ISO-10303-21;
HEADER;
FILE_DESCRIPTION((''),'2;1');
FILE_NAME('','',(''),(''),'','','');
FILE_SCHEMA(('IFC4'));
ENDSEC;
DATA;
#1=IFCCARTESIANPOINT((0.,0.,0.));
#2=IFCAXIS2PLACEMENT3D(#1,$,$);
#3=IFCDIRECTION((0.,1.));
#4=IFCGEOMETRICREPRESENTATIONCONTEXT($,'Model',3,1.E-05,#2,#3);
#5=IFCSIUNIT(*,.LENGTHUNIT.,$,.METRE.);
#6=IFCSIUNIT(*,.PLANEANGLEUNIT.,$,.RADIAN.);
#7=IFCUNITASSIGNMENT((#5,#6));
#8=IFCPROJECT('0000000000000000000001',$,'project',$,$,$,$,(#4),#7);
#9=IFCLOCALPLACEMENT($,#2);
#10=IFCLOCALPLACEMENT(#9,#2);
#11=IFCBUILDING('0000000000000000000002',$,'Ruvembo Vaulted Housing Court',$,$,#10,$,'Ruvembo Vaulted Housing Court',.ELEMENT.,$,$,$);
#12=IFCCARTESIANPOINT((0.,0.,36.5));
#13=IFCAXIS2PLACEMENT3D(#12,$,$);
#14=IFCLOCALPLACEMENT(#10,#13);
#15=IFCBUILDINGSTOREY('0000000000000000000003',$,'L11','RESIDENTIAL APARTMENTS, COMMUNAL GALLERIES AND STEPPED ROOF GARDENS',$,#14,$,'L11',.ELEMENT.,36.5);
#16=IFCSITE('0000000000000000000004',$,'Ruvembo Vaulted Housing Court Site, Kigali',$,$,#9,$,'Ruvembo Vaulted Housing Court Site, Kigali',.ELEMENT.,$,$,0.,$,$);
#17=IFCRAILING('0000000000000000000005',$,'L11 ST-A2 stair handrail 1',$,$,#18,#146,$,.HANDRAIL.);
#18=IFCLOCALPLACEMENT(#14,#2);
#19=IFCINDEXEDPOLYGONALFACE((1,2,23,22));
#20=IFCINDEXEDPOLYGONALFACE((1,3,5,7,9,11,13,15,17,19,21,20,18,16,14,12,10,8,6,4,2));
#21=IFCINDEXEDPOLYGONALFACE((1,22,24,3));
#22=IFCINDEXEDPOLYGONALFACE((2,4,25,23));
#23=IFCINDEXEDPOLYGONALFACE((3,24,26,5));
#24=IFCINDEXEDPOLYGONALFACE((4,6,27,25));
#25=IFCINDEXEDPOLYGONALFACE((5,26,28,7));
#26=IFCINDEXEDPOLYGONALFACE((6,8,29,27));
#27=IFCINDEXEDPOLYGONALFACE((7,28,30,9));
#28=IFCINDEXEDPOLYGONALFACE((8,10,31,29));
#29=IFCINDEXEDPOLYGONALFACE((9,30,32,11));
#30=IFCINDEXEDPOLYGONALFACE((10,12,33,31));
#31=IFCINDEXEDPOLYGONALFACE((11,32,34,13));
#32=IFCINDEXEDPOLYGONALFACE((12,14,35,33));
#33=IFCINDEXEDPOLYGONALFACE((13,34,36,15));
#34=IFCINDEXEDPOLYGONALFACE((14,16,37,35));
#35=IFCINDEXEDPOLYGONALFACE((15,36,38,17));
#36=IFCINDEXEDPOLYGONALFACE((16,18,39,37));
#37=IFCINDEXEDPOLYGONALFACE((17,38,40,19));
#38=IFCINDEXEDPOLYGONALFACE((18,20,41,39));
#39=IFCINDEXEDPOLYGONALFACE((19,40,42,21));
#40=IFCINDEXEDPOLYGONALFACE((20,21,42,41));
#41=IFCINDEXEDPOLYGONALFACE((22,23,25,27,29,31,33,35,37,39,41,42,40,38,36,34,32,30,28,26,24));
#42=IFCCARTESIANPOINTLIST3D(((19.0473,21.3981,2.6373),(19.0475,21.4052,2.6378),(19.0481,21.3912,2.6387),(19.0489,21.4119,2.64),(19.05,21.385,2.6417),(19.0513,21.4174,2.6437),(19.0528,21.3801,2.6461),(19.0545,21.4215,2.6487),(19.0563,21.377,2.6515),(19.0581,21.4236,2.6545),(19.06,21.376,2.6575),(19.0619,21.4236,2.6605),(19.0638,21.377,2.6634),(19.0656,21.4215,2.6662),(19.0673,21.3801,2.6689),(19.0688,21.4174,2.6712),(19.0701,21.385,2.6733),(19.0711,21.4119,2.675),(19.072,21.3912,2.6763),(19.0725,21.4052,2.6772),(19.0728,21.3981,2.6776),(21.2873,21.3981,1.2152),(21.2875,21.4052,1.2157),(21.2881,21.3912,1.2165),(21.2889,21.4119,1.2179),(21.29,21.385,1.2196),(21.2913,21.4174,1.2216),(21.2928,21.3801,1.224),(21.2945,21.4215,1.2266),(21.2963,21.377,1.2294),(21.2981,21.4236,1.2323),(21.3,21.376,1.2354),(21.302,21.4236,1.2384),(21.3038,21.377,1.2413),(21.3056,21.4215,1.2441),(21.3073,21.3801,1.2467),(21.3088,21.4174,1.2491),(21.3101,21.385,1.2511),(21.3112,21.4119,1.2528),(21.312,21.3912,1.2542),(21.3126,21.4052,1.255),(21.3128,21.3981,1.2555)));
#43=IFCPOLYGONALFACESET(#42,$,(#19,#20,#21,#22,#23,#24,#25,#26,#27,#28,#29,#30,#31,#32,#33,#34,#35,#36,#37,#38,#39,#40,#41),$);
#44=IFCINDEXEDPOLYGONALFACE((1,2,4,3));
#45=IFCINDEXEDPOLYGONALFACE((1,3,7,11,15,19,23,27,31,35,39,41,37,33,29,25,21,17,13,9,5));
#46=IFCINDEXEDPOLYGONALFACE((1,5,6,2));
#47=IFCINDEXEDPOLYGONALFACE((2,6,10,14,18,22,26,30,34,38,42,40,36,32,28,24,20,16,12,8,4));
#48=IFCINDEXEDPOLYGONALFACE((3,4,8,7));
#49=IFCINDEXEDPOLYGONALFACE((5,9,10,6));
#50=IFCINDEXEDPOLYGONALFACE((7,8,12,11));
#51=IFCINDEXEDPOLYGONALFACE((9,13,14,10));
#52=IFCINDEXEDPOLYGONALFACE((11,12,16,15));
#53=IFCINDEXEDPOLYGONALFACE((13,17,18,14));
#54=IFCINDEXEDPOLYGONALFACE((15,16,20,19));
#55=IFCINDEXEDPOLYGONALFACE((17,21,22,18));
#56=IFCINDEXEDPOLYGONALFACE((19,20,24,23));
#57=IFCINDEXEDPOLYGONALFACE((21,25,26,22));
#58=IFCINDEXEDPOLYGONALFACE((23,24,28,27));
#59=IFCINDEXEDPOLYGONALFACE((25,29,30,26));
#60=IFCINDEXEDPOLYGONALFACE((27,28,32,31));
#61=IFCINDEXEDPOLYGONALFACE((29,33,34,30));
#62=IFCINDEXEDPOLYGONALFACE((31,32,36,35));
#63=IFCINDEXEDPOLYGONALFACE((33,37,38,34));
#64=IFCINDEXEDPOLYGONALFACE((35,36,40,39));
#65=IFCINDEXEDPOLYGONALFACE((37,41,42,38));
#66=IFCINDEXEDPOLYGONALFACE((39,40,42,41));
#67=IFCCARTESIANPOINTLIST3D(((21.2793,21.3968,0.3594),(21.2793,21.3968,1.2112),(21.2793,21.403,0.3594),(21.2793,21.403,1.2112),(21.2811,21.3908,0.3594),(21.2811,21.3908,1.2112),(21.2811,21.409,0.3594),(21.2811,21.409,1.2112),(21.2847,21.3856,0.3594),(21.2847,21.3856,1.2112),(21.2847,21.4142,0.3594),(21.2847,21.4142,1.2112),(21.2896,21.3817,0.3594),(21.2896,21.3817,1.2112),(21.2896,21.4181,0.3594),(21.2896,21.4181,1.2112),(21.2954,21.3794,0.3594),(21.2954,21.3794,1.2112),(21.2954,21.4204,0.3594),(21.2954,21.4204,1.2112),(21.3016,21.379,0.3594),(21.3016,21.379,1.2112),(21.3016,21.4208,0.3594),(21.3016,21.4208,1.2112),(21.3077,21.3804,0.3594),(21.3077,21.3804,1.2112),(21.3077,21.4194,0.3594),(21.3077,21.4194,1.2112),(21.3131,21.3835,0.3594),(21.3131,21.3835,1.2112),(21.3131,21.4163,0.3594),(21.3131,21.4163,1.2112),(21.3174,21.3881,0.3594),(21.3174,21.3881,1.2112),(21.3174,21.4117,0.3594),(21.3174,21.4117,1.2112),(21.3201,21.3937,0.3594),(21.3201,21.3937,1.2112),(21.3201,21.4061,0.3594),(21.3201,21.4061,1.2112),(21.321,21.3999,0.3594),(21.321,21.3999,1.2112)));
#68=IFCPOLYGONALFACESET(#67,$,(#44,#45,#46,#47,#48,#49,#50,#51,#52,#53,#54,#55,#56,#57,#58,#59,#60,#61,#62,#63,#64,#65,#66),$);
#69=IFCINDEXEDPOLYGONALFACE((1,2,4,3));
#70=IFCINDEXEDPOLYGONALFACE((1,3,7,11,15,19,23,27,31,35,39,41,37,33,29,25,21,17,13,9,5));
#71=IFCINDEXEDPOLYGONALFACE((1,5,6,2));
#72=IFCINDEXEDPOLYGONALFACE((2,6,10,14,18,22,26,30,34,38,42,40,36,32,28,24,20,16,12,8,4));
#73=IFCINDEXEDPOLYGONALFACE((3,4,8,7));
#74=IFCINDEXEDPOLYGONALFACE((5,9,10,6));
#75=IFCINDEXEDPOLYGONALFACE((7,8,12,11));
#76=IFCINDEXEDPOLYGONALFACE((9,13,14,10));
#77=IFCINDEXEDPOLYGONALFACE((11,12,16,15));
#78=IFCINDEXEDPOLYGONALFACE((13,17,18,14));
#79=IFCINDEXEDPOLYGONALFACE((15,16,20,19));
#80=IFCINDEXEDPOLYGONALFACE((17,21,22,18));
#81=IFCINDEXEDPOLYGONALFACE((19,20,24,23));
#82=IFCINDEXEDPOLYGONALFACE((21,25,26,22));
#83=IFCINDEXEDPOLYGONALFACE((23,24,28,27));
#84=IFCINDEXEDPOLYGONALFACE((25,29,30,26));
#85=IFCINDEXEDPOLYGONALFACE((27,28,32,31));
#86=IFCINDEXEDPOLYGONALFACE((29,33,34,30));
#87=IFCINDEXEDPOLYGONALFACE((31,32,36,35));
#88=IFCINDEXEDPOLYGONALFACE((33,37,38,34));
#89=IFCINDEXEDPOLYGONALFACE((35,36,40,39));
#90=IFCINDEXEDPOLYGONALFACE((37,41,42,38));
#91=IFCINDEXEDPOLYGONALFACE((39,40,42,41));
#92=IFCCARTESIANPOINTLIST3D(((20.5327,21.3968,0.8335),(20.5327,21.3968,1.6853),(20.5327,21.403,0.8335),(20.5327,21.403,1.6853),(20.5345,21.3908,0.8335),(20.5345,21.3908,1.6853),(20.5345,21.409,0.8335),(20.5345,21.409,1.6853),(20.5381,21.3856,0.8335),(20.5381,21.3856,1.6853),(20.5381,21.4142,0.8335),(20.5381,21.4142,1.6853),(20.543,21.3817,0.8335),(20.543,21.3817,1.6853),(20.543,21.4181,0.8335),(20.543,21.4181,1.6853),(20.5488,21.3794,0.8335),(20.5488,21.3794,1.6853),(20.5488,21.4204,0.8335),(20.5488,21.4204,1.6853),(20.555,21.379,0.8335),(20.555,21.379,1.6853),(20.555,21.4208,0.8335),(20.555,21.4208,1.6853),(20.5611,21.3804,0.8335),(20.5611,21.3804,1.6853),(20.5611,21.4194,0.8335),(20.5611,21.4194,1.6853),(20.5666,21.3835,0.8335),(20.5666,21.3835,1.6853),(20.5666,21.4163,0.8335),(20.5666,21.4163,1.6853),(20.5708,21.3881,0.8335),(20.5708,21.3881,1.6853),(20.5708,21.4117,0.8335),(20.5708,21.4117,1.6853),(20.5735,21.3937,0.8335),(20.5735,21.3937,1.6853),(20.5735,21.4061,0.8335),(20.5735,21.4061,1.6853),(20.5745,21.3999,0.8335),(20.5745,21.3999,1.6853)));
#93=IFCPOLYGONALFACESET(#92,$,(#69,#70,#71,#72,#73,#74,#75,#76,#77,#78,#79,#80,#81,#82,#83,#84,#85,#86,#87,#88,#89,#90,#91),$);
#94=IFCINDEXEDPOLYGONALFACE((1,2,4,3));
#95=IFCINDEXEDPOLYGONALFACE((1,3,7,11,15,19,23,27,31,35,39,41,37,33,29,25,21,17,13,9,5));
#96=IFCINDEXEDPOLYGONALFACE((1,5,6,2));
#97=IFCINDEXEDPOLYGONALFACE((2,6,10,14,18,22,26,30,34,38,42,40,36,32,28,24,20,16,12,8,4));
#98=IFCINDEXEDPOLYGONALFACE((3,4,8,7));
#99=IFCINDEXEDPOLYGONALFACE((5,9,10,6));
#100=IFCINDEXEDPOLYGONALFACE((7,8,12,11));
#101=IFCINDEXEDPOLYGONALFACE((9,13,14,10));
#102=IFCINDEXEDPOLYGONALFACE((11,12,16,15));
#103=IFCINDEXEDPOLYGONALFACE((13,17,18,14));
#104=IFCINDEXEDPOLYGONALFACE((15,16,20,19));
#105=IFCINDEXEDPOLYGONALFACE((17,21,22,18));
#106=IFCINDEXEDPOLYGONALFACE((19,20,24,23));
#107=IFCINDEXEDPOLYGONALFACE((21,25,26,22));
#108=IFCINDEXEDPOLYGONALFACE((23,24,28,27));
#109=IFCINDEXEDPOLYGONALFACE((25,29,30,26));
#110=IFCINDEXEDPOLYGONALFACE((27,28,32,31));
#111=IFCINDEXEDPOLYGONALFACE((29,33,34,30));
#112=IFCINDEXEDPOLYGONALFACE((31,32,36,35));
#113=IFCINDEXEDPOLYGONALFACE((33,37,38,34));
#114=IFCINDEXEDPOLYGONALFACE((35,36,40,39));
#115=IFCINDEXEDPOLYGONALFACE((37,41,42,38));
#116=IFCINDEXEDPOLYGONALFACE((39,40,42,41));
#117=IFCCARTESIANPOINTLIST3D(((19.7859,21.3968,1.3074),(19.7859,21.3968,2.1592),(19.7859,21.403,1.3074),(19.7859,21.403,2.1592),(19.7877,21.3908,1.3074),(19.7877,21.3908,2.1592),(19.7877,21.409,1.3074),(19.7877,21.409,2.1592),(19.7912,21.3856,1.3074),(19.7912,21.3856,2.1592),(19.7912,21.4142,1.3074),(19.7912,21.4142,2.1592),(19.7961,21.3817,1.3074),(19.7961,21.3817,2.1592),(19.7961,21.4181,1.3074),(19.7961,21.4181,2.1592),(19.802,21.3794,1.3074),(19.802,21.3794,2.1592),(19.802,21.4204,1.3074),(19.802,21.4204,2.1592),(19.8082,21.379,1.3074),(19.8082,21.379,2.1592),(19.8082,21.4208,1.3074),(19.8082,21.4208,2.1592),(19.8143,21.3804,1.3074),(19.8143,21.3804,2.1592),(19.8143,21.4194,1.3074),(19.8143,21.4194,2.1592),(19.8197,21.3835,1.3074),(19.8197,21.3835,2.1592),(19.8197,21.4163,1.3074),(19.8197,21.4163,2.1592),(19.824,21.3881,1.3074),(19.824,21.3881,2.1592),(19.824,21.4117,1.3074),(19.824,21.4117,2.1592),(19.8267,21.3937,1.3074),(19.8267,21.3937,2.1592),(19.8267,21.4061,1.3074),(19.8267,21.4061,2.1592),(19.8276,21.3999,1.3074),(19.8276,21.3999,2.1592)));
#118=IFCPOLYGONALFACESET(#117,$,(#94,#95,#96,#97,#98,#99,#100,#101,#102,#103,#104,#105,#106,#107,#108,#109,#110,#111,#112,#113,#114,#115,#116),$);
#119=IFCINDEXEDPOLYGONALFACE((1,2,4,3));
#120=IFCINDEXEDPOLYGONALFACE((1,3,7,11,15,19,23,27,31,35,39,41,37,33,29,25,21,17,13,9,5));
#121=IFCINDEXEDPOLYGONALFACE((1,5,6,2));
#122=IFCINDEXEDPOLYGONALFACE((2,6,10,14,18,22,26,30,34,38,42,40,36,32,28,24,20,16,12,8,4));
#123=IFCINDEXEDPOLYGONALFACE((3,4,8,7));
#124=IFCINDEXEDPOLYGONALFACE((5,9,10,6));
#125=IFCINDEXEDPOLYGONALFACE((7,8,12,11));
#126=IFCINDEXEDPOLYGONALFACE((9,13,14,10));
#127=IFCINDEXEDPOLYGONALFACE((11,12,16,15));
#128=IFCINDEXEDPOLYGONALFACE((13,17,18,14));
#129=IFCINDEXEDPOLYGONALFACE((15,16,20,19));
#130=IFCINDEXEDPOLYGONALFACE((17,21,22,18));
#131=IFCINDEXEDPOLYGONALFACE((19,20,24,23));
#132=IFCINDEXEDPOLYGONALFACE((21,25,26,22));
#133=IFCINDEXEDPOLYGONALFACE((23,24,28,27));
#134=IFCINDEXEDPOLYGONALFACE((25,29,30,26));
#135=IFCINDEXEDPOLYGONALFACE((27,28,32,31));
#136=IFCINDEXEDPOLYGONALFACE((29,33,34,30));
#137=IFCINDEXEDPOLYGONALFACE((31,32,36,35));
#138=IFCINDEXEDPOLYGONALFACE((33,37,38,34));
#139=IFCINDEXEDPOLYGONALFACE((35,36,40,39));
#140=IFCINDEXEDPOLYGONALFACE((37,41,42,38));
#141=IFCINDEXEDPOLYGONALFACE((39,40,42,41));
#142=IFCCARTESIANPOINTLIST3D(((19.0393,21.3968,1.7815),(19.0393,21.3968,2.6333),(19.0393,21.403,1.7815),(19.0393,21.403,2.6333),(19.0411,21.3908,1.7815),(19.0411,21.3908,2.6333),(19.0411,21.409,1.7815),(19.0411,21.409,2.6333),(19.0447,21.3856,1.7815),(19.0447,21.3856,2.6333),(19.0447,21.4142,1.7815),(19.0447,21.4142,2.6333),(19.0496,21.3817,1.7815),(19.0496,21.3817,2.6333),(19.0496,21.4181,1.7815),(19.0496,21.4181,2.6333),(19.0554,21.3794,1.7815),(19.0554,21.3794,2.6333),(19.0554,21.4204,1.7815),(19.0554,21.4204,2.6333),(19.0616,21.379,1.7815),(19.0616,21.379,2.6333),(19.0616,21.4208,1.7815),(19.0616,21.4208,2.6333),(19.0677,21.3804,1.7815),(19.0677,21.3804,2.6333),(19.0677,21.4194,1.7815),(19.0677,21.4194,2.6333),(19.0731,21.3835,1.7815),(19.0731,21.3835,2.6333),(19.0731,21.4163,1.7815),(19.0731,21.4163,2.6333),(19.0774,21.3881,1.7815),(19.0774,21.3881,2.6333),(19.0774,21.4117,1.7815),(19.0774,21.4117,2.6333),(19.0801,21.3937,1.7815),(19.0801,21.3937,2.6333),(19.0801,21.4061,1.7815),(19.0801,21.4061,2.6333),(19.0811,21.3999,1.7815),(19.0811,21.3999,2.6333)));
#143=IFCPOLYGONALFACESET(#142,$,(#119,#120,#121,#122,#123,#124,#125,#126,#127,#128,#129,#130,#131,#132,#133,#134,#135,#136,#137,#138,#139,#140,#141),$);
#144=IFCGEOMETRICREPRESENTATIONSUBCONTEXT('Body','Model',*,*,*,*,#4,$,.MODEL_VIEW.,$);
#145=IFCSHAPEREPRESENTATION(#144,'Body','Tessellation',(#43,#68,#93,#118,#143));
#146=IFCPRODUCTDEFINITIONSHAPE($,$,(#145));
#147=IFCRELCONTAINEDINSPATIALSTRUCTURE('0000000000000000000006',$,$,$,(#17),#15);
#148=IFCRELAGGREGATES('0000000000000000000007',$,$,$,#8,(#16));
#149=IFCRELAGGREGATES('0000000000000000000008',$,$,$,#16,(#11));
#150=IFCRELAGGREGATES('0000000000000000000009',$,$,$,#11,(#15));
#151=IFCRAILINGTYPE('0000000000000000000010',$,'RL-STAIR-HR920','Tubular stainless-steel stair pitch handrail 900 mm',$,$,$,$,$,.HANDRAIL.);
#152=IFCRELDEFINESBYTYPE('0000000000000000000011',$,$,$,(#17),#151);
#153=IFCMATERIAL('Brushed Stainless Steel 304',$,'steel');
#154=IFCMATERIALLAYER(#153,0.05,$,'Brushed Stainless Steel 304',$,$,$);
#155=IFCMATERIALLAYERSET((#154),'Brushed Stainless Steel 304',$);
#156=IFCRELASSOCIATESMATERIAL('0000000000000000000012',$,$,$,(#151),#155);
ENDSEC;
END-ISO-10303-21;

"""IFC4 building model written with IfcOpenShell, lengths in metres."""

from ifc_helpers import new_model, si_unit, direction, frame, origin, origin_2d, place, context, subcontext, project, spatial, circle, extrude, material, layer, layer_set, type_object, element, save


model = new_model("IFC4")

# Units and contexts
model_context = context("Model", 3, precision=1e-05, world=origin(), true_north=direction((0.0, 1.0)))
body_context = subcontext(model_context, "Body", "Model", "MODEL_VIEW")
ifc_project = project(units=[si_unit("LENGTHUNIT", "METRE"), si_unit("PLANEANGLEUNIT", "RADIAN")], contexts=[model_context])

# Site, building, storey
site_placement = place(None, origin())
site = spatial("IfcSite", under=ifc_project, at=site_placement, Name="Ruvembo Vaulted Housing Court Site, Kigali", LongName="Ruvembo Vaulted Housing Court Site, Kigali", CompositionType="ELEMENT", RefElevation=0.0)
building_placement = place(site_placement, origin())
building = spatial("IfcBuilding", under=site, at=building_placement, Name="Ruvembo Vaulted Housing Court", LongName="Ruvembo Vaulted Housing Court", CompositionType="ELEMENT")
storey_placement = place(building_placement, frame((0.0, 0.0, 36.5)))
storey = spatial("IfcBuildingStorey", under=building, at=storey_placement, Name="L11", Description="RESIDENTIAL APARTMENTS, COMMUNAL GALLERIES AND STEPPED ROOF GARDENS", LongName="L11", CompositionType="ELEMENT", Elevation=36.5)

# Shared definitions
ifc_material_1 = material(Name="Brushed Stainless Steel 304", Category="steel")

# Railing
ifc_layer_1 = layer(ifc_material_1, 0.05, Name="Brushed Stainless Steel 304")
ifc_layer_set_1 = layer_set([ifc_layer_1], Name="Brushed Stainless Steel 304")
railing_type_1 = type_object("IfcRailingType", Name="RL-STAIR-HR920", Description="Tubular stainless-steel stair pitch handrail 900 mm", PredefinedType="HANDRAIL", material=ifc_layer_set_1)
railing_1_placement = place(storey_placement, frame((21.3, 21.3999, 0.3594)))
element("IfcRailing", 1, at=railing_1_placement, inside=storey, type_object=railing_type_1, Name="L11 ST-A2 stair handrail 1", PredefinedType="HANDRAIL", context=body_context, shape_type="SweptSolid", body=[
    extrude(circle(Radius=0.0239, at=origin_2d()), frame((0.0, 0.0, 0.876), z_axis=(-0.844229, 0.0, 0.535982), x_axis=(0.0, -1.0, 0.0)), (0.0, 0.0, 1.0), 2.6533),
    extrude(circle(Radius=0.021, at=origin_2d()), origin(), (0.0, 0.0, 1.0), 0.8518),
    extrude(circle(Radius=0.021, at=origin_2d()), frame((-0.7466, 0.0, 0.4741)), (0.0, 0.0, 1.0), 0.8518),
    extrude(circle(Radius=0.021, at=origin_2d()), frame((-1.4934, 0.0, 0.948)), (0.0, 0.0, 1.0), 0.8518),
    extrude(circle(Radius=0.021, at=origin_2d()), frame((-2.24, 0.0, 1.4221)), (0.0, 0.0, 1.0), 0.8518),
])

save(model, "model.ifc")
